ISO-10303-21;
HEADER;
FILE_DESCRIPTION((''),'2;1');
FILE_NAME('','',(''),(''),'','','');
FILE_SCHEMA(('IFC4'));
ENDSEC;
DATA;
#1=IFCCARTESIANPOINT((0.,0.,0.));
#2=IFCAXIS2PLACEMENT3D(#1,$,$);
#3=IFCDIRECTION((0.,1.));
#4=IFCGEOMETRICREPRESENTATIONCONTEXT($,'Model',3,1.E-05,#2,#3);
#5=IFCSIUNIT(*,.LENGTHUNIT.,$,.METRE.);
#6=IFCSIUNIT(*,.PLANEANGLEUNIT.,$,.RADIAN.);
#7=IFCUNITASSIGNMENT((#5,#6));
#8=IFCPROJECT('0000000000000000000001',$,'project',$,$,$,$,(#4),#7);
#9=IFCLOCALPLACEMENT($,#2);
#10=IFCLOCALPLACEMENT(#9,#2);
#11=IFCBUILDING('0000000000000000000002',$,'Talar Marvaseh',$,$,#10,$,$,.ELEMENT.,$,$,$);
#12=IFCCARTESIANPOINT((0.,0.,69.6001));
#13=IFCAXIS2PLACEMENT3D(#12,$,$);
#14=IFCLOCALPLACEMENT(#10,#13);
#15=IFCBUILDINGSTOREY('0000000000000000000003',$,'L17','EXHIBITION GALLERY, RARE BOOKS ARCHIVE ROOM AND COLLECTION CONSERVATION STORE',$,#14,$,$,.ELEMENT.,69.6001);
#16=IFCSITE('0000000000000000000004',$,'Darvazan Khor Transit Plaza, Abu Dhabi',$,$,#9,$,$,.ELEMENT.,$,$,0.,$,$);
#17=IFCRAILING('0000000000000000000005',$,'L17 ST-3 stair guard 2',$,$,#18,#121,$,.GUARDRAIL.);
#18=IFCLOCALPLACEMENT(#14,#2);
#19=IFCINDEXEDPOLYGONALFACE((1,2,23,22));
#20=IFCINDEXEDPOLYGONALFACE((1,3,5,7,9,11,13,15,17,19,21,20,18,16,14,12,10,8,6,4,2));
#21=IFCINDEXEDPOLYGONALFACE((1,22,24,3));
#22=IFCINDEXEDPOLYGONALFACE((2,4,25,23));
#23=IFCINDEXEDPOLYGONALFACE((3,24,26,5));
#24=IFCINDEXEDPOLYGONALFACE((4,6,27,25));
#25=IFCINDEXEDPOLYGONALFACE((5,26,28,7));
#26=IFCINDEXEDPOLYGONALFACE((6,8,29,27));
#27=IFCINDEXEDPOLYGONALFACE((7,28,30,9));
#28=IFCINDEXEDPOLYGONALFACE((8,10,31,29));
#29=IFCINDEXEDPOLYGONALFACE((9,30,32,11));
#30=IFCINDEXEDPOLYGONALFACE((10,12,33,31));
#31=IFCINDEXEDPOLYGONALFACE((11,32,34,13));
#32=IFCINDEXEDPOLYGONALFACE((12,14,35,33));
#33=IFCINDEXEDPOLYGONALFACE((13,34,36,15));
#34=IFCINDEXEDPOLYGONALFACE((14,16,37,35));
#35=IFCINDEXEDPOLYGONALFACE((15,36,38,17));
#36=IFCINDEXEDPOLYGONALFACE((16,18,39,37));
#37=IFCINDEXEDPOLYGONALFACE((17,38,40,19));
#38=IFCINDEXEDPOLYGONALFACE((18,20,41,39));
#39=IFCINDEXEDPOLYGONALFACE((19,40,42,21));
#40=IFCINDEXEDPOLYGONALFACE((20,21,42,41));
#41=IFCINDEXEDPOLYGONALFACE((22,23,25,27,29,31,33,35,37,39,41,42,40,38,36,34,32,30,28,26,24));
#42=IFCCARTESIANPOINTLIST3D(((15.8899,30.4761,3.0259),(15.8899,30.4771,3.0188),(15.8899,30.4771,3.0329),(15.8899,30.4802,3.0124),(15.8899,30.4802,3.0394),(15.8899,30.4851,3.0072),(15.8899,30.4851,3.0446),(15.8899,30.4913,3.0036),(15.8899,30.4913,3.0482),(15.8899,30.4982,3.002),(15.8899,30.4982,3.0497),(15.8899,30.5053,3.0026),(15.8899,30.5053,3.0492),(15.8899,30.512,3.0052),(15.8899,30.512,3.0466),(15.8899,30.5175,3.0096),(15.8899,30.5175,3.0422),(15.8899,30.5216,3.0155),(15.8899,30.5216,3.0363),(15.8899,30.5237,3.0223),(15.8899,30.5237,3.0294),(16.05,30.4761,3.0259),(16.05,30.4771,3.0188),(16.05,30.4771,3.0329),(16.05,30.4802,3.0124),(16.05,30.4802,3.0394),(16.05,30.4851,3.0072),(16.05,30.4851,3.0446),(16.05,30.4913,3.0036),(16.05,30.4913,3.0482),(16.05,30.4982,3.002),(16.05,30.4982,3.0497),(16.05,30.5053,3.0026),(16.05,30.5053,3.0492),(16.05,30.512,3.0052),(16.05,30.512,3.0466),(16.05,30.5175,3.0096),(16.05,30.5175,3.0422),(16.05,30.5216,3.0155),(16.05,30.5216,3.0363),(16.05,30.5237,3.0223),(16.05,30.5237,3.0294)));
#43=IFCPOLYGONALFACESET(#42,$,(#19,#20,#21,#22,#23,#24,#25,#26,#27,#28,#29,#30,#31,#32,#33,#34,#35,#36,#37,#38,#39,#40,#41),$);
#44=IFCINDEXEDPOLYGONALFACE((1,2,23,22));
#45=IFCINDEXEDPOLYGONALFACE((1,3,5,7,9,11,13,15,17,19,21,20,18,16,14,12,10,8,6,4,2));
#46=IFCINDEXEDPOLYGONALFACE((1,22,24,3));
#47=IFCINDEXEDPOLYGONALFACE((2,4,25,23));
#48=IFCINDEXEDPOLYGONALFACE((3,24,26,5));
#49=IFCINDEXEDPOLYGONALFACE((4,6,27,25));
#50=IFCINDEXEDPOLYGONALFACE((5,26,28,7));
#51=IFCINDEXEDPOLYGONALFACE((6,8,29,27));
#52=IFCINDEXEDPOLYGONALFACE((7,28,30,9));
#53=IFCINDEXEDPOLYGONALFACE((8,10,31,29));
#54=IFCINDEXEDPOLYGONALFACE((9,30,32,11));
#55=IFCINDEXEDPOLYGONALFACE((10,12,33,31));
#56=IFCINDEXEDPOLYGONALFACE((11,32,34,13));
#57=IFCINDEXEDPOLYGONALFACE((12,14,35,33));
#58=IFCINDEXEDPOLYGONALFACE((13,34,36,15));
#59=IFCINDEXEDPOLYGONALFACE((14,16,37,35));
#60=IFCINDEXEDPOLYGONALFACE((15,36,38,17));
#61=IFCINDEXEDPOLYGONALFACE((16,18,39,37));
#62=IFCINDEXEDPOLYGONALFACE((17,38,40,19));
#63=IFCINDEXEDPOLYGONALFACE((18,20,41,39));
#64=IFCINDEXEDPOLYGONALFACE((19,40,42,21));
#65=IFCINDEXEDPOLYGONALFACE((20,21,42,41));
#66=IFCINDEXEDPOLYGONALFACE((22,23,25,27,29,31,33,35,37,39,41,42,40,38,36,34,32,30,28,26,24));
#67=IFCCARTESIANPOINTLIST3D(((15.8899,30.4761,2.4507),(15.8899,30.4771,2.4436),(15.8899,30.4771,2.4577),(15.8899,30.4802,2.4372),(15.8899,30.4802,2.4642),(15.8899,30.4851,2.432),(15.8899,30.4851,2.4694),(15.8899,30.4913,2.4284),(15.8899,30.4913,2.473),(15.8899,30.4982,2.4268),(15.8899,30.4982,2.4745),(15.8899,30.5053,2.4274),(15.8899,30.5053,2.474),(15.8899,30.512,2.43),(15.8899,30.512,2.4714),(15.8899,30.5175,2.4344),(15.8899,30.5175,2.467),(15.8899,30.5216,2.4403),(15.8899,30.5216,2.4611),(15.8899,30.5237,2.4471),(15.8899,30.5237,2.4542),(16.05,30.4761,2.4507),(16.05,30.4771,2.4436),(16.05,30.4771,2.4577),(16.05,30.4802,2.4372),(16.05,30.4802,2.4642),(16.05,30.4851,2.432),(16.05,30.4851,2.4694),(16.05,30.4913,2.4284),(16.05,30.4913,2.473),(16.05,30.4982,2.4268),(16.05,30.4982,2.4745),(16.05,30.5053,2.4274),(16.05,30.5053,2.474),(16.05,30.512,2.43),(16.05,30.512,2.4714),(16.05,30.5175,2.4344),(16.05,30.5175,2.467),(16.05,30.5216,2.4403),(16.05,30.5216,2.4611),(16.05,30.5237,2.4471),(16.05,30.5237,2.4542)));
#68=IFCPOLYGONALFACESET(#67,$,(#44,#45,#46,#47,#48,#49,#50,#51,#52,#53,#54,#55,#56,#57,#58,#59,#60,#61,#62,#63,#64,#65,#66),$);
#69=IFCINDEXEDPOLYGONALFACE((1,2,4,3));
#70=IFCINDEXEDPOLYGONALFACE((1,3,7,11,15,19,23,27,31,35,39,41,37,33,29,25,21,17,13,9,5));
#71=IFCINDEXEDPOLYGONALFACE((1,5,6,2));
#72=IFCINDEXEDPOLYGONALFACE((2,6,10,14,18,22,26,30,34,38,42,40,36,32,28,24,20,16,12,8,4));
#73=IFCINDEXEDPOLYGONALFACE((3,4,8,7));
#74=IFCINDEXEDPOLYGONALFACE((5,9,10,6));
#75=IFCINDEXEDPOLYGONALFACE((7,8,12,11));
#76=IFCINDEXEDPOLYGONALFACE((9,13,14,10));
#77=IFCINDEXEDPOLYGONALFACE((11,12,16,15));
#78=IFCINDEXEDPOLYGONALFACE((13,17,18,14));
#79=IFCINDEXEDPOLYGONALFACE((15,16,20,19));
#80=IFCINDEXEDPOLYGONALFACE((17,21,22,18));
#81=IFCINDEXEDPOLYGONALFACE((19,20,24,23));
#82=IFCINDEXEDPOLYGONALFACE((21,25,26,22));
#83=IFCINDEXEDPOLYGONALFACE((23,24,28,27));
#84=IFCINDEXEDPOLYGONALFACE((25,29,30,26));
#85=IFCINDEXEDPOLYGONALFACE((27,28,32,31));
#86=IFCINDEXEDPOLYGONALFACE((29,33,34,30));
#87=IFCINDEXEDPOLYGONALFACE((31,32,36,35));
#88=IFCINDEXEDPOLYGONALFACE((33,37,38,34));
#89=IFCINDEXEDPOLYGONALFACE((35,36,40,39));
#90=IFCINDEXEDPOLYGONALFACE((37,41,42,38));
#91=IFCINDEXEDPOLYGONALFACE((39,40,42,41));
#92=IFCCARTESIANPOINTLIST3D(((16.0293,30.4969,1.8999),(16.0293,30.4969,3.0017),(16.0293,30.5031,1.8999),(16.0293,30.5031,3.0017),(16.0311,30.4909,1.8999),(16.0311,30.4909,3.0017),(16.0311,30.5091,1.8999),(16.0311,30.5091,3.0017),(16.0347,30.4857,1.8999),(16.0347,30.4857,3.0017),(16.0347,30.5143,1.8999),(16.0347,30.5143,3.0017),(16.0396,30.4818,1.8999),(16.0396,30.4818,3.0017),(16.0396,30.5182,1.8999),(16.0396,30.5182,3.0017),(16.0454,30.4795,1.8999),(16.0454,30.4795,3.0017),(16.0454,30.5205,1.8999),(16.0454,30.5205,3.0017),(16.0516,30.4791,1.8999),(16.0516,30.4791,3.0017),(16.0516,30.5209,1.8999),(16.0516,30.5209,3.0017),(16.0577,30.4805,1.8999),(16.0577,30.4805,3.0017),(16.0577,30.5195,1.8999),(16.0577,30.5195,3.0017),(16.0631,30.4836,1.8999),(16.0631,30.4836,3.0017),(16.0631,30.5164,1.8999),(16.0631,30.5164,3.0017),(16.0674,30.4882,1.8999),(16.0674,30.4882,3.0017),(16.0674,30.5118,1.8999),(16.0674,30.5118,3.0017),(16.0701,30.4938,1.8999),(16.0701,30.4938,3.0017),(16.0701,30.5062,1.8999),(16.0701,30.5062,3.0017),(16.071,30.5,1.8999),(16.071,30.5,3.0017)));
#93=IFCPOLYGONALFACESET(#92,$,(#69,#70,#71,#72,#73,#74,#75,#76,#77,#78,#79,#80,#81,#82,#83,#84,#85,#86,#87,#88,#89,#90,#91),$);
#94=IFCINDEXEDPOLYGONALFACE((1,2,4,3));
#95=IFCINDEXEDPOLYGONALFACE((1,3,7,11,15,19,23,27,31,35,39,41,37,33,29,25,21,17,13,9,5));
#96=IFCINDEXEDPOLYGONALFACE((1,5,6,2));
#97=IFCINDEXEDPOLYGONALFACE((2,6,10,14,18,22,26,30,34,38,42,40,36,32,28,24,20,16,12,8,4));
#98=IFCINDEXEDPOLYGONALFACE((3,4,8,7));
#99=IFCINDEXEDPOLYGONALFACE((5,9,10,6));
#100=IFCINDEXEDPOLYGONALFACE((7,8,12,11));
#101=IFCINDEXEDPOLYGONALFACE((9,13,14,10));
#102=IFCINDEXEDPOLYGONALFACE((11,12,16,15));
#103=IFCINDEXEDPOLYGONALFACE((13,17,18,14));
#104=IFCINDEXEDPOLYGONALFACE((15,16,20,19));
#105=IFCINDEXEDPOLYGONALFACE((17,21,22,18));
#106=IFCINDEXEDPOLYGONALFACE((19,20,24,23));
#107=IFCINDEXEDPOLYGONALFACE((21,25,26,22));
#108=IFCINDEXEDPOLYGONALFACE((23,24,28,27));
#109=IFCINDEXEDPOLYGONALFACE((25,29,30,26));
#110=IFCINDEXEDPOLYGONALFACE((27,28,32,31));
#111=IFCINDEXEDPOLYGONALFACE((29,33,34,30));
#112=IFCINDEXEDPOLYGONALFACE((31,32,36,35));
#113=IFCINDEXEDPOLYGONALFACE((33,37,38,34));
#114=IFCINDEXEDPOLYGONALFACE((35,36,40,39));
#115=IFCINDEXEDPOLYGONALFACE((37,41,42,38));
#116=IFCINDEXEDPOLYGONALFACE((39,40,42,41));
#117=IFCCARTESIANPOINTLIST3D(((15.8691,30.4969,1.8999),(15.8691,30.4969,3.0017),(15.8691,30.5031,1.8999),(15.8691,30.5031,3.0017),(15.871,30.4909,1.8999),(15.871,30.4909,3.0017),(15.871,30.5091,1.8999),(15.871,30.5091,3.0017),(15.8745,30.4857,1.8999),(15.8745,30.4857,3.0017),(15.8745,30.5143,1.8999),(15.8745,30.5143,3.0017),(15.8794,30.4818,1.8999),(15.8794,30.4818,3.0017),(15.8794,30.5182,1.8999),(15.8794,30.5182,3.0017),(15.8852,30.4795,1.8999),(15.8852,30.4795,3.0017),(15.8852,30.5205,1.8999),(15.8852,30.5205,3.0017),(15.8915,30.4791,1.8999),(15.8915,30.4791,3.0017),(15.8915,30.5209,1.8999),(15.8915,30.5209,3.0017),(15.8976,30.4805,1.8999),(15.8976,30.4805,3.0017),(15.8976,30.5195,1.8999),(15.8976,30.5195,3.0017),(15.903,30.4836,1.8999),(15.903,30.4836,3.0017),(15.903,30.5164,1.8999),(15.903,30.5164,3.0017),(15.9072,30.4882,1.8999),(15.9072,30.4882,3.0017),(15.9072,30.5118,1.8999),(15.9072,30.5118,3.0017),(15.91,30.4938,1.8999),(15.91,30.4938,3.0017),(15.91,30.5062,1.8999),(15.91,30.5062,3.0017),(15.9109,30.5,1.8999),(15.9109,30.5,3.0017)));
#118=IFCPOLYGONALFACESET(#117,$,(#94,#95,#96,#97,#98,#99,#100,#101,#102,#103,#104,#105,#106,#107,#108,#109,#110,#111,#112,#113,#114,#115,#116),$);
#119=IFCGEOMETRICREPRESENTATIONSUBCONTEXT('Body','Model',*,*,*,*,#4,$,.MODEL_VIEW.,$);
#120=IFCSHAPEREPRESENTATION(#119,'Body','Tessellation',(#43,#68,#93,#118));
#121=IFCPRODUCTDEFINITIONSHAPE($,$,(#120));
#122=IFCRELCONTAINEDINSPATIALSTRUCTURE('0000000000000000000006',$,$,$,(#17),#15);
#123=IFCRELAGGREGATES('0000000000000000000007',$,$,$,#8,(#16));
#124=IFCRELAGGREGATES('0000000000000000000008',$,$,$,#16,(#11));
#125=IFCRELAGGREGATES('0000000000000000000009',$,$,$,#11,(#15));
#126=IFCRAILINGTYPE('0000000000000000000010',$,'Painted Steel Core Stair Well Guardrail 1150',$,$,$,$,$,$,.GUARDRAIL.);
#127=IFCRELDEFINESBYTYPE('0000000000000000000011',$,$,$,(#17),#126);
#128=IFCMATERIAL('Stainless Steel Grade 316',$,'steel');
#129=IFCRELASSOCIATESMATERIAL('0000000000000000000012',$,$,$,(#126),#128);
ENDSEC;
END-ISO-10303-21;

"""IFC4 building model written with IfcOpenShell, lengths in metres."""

from ifc_helpers import new_model, si_unit, direction, frame, origin, origin_2d, place, context, subcontext, project, spatial, circle, extrude, material, type_object, element, save


model = new_model("IFC4")

# Units and contexts
model_context = context("Model", 3, precision=1e-05, world=origin(), true_north=direction((0.0, 1.0)))
body_context = subcontext(model_context, "Body", "Model", "MODEL_VIEW")
ifc_project = project(units=[si_unit("LENGTHUNIT", "METRE"), si_unit("PLANEANGLEUNIT", "RADIAN")], contexts=[model_context])

# Site, building, storey
site_placement = place(None, origin())
site = spatial("IfcSite", under=ifc_project, at=site_placement, Name="Darvazan Khor Transit Plaza, Abu Dhabi", CompositionType="ELEMENT", RefElevation=0.0)
building_placement = place(site_placement, origin())
building = spatial("IfcBuilding", under=site, at=building_placement, Name="Talar Marvaseh", CompositionType="ELEMENT")
storey_placement = place(building_placement, frame((0.0, 0.0, 69.6001)))
storey = spatial("IfcBuildingStorey", under=building, at=storey_placement, Name="L17", Description="EXHIBITION GALLERY, RARE BOOKS ARCHIVE ROOM AND COLLECTION CONSERVATION STORE", CompositionType="ELEMENT", Elevation=69.6001)

# Railing
ifc_material_1 = material(Name="Stainless Steel Grade 316", Category="steel")
railing_type_1 = type_object("IfcRailingType", Name="Painted Steel Core Stair Well Guardrail 1150", PredefinedType="GUARDRAIL", material=ifc_material_1)
railing_1_placement = place(storey_placement, frame((16.05, 30.5, 1.8999)))
element("IfcRailing", 1, at=railing_1_placement, inside=storey, type_object=railing_type_1, Name="L17 ST-3 stair guard 2", PredefinedType="GUARDRAIL", context=body_context, shape_type="SweptSolid", body=[
    extrude(circle(Radius=0.0239, at=origin_2d()), frame((0.0, 0.0, 1.126), z_axis=(-1.0, 0.0, 0.0), x_axis=(0.0, -1.0, 0.0)), (0.0, 0.0, 1.0), 0.1602),
    extrude(circle(Radius=0.0239, at=origin_2d()), frame((0.0, 0.0, 0.5508), z_axis=(-1.0, 0.0, 0.0), x_axis=(0.0, -1.0, 0.0)), (0.0, 0.0, 1.0), 0.1602),
    extrude(circle(Radius=0.021, at=origin_2d()), origin(), (0.0, 0.0, 1.0), 1.1018),
    extrude(circle(Radius=0.021, at=origin_2d()), frame((-0.1602, 0.0, 0.0)), (0.0, 0.0, 1.0), 1.1018),
])

save(model, "model.ifc")
